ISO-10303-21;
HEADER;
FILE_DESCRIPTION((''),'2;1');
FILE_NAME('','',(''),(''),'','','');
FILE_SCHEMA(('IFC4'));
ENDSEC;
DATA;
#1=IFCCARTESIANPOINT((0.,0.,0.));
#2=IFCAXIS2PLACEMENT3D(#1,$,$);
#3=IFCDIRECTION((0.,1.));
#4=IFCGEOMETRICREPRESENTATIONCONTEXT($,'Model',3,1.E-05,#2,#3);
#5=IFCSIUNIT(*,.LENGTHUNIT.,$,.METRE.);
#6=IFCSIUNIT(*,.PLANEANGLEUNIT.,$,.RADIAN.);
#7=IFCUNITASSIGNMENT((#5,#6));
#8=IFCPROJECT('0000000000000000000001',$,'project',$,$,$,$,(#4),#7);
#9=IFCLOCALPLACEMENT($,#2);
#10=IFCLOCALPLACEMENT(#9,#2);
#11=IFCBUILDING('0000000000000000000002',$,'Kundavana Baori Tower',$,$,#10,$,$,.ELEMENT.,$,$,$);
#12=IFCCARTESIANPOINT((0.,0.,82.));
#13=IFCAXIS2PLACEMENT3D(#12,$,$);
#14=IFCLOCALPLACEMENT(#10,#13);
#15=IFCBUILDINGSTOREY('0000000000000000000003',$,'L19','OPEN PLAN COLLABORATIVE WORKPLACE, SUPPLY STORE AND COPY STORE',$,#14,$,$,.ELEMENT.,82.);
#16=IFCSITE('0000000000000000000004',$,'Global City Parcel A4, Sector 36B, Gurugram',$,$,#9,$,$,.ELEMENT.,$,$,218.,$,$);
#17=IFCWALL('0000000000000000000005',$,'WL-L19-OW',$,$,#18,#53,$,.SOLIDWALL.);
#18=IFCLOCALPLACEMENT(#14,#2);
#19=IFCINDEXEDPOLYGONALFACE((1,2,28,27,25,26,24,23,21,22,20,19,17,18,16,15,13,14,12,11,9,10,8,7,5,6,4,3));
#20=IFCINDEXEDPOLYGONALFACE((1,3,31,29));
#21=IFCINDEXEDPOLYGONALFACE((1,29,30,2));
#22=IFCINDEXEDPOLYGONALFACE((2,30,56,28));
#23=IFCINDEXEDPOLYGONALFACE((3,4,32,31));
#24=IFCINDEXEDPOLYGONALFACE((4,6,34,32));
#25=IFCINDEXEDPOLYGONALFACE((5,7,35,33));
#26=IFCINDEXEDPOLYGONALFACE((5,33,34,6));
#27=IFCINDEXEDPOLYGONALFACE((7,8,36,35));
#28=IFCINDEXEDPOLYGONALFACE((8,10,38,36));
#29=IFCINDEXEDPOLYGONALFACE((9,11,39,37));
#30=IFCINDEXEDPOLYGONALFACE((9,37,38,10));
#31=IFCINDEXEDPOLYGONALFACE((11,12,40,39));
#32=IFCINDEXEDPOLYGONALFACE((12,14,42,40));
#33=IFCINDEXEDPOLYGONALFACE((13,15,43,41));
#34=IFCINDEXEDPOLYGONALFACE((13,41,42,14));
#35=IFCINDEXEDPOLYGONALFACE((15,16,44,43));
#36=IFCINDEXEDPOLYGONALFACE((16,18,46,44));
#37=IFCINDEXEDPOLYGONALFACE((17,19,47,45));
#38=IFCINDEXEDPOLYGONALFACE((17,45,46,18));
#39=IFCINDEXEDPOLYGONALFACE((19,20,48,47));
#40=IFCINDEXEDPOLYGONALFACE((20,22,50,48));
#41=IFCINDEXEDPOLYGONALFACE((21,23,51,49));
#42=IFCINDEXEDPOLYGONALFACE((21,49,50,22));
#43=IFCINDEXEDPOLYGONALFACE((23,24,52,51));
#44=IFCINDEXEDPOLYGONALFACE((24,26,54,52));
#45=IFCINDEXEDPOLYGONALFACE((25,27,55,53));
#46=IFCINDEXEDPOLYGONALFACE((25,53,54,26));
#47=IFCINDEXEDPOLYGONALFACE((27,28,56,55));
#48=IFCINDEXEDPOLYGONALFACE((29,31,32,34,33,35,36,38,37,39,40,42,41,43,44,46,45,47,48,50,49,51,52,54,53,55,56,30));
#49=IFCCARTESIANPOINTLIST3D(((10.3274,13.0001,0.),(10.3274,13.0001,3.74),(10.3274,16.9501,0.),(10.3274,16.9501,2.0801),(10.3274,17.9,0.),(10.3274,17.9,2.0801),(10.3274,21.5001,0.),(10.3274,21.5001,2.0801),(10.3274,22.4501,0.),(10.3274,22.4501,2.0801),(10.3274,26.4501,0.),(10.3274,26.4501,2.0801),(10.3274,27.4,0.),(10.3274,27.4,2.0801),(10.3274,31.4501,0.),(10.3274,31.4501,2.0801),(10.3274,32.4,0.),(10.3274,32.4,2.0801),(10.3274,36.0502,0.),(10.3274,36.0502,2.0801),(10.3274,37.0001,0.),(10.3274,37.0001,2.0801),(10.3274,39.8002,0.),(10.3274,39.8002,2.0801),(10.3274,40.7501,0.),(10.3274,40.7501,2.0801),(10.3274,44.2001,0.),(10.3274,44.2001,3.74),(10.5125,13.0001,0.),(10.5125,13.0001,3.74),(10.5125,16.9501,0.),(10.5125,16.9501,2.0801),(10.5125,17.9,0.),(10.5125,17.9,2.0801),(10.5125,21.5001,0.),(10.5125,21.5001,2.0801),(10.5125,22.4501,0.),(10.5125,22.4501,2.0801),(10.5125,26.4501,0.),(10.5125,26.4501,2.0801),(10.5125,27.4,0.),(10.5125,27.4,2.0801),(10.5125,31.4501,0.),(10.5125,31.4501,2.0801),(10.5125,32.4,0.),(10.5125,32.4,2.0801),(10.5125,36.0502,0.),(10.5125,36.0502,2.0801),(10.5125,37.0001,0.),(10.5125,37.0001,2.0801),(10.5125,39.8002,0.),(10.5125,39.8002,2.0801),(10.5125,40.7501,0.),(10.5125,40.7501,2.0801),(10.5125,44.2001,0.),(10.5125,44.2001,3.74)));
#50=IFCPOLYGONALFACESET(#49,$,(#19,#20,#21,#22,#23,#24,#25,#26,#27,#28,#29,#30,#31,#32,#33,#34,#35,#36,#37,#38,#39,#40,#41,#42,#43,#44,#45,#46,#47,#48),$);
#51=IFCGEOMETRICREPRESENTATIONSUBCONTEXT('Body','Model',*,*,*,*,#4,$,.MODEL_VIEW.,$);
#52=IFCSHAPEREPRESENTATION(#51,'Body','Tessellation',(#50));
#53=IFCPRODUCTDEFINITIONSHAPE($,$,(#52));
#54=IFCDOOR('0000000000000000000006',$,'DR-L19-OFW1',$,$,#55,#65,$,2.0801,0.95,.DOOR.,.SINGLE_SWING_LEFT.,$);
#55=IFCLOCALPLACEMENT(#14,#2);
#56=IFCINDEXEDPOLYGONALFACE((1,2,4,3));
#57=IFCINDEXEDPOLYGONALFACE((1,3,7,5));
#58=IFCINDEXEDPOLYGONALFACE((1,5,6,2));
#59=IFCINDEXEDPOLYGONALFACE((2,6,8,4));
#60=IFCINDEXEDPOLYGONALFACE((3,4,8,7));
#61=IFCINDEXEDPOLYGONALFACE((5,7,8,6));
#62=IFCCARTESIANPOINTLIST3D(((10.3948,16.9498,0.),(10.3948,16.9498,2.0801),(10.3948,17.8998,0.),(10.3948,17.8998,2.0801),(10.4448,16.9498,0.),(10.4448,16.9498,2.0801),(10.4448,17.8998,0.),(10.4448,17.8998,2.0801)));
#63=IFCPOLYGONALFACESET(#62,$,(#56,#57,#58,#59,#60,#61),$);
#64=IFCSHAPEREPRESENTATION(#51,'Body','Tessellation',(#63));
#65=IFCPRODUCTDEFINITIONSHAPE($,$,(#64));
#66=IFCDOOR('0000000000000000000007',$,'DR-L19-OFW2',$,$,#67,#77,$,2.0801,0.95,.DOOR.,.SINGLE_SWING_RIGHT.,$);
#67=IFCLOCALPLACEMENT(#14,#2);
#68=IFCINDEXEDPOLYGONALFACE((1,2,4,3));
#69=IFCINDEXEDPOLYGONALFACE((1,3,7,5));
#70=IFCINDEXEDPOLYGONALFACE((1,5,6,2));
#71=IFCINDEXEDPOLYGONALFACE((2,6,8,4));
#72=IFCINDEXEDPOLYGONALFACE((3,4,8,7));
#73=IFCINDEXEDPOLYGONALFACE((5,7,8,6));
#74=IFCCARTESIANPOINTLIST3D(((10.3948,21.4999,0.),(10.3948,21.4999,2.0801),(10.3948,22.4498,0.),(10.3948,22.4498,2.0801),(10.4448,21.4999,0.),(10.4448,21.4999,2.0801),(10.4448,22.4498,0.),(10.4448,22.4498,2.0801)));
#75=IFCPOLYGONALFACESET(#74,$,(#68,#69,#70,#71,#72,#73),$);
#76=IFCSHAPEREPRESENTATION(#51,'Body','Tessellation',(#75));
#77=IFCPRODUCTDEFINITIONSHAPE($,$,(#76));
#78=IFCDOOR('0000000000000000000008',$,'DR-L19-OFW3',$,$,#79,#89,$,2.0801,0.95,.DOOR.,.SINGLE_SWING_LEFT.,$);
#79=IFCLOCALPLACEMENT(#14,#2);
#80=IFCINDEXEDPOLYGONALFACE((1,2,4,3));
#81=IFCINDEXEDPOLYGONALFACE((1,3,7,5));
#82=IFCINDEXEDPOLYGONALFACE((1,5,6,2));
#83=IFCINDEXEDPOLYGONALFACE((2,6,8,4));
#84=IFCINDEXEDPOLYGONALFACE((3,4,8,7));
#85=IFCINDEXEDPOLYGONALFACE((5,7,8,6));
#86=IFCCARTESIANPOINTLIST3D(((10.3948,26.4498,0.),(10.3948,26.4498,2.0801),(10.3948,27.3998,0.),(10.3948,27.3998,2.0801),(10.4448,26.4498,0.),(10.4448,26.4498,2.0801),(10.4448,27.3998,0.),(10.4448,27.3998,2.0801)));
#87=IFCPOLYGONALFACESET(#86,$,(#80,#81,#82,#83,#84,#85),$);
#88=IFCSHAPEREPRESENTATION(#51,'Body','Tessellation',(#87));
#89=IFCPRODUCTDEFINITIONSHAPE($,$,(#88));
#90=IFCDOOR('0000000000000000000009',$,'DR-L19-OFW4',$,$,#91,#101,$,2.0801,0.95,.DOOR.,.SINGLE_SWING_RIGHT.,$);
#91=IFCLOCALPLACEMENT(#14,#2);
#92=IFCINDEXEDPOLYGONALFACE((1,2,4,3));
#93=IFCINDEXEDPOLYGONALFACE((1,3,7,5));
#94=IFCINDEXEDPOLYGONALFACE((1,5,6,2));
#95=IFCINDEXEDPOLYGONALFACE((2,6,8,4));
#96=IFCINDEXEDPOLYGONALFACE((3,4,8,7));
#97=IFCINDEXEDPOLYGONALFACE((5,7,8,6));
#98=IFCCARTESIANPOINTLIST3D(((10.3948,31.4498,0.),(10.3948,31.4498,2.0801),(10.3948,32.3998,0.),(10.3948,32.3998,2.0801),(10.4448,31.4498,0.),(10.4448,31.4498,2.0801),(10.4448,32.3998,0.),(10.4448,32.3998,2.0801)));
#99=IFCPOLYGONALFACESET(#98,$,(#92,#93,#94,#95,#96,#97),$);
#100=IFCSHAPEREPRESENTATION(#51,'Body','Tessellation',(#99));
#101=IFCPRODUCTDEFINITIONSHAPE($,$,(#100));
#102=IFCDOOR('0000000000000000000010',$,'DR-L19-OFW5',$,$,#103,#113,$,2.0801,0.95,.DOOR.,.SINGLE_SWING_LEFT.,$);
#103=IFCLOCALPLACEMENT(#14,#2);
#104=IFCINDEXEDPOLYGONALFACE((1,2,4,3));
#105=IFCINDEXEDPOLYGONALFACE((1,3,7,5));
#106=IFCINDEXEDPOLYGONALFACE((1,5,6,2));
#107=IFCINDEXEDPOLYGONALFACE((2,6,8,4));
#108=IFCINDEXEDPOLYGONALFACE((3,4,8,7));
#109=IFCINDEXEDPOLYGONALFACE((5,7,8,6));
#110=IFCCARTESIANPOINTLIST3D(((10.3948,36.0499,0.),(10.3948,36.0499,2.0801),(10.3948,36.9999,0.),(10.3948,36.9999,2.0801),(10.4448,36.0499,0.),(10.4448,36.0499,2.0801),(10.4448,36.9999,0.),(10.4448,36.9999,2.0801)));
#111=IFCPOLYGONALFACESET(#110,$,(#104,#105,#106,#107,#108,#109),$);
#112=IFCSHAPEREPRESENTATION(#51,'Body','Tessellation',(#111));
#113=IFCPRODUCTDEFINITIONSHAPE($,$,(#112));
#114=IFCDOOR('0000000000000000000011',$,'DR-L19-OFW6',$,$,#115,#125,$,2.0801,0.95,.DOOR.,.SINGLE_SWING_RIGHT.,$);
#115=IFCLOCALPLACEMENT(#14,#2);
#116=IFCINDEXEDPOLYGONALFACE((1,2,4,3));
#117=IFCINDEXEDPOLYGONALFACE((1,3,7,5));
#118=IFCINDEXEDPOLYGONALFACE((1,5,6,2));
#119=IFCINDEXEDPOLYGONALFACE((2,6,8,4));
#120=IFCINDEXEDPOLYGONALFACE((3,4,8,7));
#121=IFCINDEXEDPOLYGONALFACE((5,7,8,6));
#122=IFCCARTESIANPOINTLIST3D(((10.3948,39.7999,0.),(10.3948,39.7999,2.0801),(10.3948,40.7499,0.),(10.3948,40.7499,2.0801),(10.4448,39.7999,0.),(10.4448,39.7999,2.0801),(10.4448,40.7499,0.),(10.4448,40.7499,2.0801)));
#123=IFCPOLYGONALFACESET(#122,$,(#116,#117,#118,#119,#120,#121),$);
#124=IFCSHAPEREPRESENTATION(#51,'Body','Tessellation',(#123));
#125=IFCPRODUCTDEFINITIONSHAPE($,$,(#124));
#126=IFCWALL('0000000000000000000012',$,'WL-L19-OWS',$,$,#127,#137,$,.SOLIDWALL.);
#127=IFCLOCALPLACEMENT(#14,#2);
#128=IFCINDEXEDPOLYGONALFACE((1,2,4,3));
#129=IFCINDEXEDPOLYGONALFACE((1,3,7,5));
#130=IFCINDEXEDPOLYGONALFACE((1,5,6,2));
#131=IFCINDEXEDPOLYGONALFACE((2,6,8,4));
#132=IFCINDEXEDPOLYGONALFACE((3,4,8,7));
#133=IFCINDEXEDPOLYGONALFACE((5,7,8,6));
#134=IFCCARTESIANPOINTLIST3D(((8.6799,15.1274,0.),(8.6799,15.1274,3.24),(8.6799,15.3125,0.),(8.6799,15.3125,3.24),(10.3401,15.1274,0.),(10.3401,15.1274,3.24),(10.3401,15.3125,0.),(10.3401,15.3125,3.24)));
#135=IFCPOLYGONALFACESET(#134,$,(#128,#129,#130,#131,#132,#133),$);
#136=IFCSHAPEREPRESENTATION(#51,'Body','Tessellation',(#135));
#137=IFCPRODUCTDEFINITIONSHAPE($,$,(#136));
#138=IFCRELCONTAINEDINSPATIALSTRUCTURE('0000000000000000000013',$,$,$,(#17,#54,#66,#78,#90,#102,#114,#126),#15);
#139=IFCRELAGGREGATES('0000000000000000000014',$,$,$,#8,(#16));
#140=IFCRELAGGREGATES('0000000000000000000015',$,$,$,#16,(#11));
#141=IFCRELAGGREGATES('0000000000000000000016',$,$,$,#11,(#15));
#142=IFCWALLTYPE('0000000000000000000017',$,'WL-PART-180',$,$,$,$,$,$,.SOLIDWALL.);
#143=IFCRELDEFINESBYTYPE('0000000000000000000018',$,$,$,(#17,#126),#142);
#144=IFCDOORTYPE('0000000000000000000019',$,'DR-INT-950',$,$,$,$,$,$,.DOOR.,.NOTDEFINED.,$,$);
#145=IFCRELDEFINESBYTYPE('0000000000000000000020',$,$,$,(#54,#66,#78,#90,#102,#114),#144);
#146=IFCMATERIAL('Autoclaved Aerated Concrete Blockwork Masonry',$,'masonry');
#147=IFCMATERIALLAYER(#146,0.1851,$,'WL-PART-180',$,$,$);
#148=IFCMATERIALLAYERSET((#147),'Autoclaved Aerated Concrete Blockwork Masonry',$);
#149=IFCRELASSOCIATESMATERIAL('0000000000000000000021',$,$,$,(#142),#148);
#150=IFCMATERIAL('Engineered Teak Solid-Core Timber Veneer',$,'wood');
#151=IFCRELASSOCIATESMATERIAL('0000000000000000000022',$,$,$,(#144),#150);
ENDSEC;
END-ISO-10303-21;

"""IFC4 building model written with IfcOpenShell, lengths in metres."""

from ifc_helpers import new_model, si_unit, direction, frame, frame_2d, origin, place, context, subcontext, project, spatial, rectangle, extrude, material, layer, layer_set, type_object, element, fill, save


model = new_model("IFC4")

# Units and contexts
model_context = context("Model", 3, precision=1e-05, world=origin(), true_north=direction((0.0, 1.0)))
body_context = subcontext(model_context, "Body", "Model", "MODEL_VIEW")
ifc_project = project(units=[si_unit("LENGTHUNIT", "METRE"), si_unit("PLANEANGLEUNIT", "RADIAN")], contexts=[model_context])

# Site, building, storey
site_placement = place(None, origin())
site = spatial("IfcSite", under=ifc_project, at=site_placement, Name="Global City Parcel A4, Sector 36B, Gurugram", CompositionType="ELEMENT", RefElevation=218.0)
building_placement = place(site_placement, origin())
building = spatial("IfcBuilding", under=site, at=building_placement, Name="Kundavana Baori Tower", CompositionType="ELEMENT")
storey_placement = place(building_placement, frame((0.0, 0.0, 82.0)))
storey = spatial("IfcBuildingStorey", under=building, at=storey_placement, Name="L19", Description="OPEN PLAN COLLABORATIVE WORKPLACE, SUPPLY STORE AND COPY STORE", CompositionType="ELEMENT", Elevation=82.0)

# Wall, openings, doors
ifc_material_1 = material(Name="Autoclaved Aerated Concrete Blockwork Masonry", Category="masonry")
ifc_layer_1 = layer(ifc_material_1, 0.1851, Name="WL-PART-180")
ifc_layer_set_1 = layer_set([ifc_layer_1], Name="Autoclaved Aerated Concrete Blockwork Masonry")
wall_type_1 = type_object("IfcWallType", Name="WL-PART-180", PredefinedType="SOLIDWALL", material=ifc_layer_set_1)
wall_1_placement = place(storey_placement, frame((10.4199, 13.0, 0.0), z_axis=(0.0, 0.0, 1.0), x_axis=(0.0, 1.0, 0.0)))
wall_1 = element("IfcWall", 1, at=wall_1_placement, inside=storey, type_object=wall_type_1, Name="WL-L19-OW", PredefinedType="SOLIDWALL", context=body_context, shape_type="SweptSolid", body=[
    extrude(rectangle(XDim=31.2, YDim=0.1851, at=frame_2d((15.6001, 0.0))), origin(), (0.0, 0.0, 1.0), 3.74),
])
opening_1_placement = place(wall_1_placement, frame((3.95, 0.0, 0.0)))
opening_1 = element("IfcOpeningElement", 2, at=opening_1_placement, cuts=wall_1, PredefinedType="OPENING", context=body_context, shape_type="SweptSolid", body=[
    extrude(rectangle(XDim=0.95, YDim=2.0801, at=frame_2d((0.4751, 1.04))), frame((0.0, 0.1025, 0.0), z_axis=(0.0, -1.0, 0.0), x_axis=(1.0, 0.0, 0.0)), (0.0, 0.0, 1.0), 0.2051),
])
opening_2_placement = place(wall_1_placement, frame((8.5, 0.0, 0.0)))
opening_2 = element("IfcOpeningElement", 3, at=opening_2_placement, cuts=wall_1, PredefinedType="OPENING", context=body_context, shape_type="SweptSolid", body=[
    extrude(rectangle(XDim=0.95, YDim=2.0801, at=frame_2d((0.4751, 1.04))), frame((0.0, 0.1025, 0.0), z_axis=(0.0, -1.0, 0.0), x_axis=(1.0, 0.0, 0.0)), (0.0, 0.0, 1.0), 0.2051),
])
opening_3_placement = place(wall_1_placement, frame((13.45, 0.0, 0.0)))
opening_3 = element("IfcOpeningElement", 4, at=opening_3_placement, cuts=wall_1, PredefinedType="OPENING", context=body_context, shape_type="SweptSolid", body=[
    extrude(rectangle(XDim=0.95, YDim=2.0801, at=frame_2d((0.4751, 1.04))), frame((0.0, 0.1025, 0.0), z_axis=(0.0, -1.0, 0.0), x_axis=(1.0, 0.0, 0.0)), (0.0, 0.0, 1.0), 0.2051),
])
opening_4_placement = place(wall_1_placement, frame((18.45, 0.0, 0.0)))
opening_4 = element("IfcOpeningElement", 5, at=opening_4_placement, cuts=wall_1, PredefinedType="OPENING", context=body_context, shape_type="SweptSolid", body=[
    extrude(rectangle(XDim=0.95, YDim=2.0801, at=frame_2d((0.4751, 1.04))), frame((0.0, 0.1025, 0.0), z_axis=(0.0, -1.0, 0.0), x_axis=(1.0, 0.0, 0.0)), (0.0, 0.0, 1.0), 0.2051),
])
opening_5_placement = place(wall_1_placement, frame((23.05, 0.0, 0.0)))
opening_5 = element("IfcOpeningElement", 6, at=opening_5_placement, cuts=wall_1, PredefinedType="OPENING", context=body_context, shape_type="SweptSolid", body=[
    extrude(rectangle(XDim=0.95, YDim=2.0801, at=frame_2d((0.4751, 1.04))), frame((0.0, 0.1025, 0.0), z_axis=(0.0, -1.0, 0.0), x_axis=(1.0, 0.0, 0.0)), (0.0, 0.0, 1.0), 0.2051),
])
opening_6_placement = place(wall_1_placement, frame((26.8, 0.0, 0.0)))
opening_6 = element("IfcOpeningElement", 7, at=opening_6_placement, cuts=wall_1, PredefinedType="OPENING", context=body_context, shape_type="SweptSolid", body=[
    extrude(rectangle(XDim=0.95, YDim=2.0801, at=frame_2d((0.4751, 1.04))), frame((0.0, 0.1025, 0.0), z_axis=(0.0, -1.0, 0.0), x_axis=(1.0, 0.0, 0.0)), (0.0, 0.0, 1.0), 0.2051),
])
ifc_material_2 = material(Name="Engineered Teak Solid-Core Timber Veneer", Category="wood")
door_type_1 = type_object("IfcDoorType", Name="DR-INT-950", OperationType="NOTDEFINED", PredefinedType="DOOR", material=ifc_material_2)
door_1_placement = place(opening_1_placement, frame((0.95, 0.0, 0.0), z_axis=(0.0, 0.0, 1.0), x_axis=(-1.0, 0.0, 0.0)))
door_1 = element("IfcDoor", 8, at=door_1_placement, inside=storey, type_object=door_type_1, Name="DR-L19-OFW1", OperationType="SINGLE_SWING_LEFT", OverallHeight=2.0801, OverallWidth=0.95, PredefinedType="DOOR", context=body_context, shape_type="SweptSolid", body=[
    extrude(rectangle(XDim=0.95, YDim=2.0801, at=frame_2d((0.4751, 1.04))), frame((0.0, 0.0249, 0.0), z_axis=(0.0, -1.0, 0.0), x_axis=(1.0, 0.0, 0.0)), (0.0, 0.0, 1.0), 0.05),
])
fill(opening_1, door_1)
door_2_placement = place(opening_2_placement, frame((0.95, 0.0, 0.0), z_axis=(0.0, 0.0, 1.0), x_axis=(-1.0, 0.0, 0.0)))
door_2 = element("IfcDoor", 9, at=door_2_placement, inside=storey, type_object=door_type_1, Name="DR-L19-OFW2", OperationType="SINGLE_SWING_RIGHT", OverallHeight=2.0801, OverallWidth=0.95, PredefinedType="DOOR", context=body_context, shape_type="SweptSolid", body=[
    extrude(rectangle(XDim=0.95, YDim=2.0801, at=frame_2d((0.4751, 1.04))), frame((0.0, 0.0249, 0.0), z_axis=(0.0, -1.0, 0.0), x_axis=(1.0, 0.0, 0.0)), (0.0, 0.0, 1.0), 0.05),
])
fill(opening_2, door_2)
door_3_placement = place(opening_3_placement, frame((0.95, 0.0, 0.0), z_axis=(0.0, 0.0, 1.0), x_axis=(-1.0, 0.0, 0.0)))
door_3 = element("IfcDoor", 10, at=door_3_placement, inside=storey, type_object=door_type_1, Name="DR-L19-OFW3", OperationType="SINGLE_SWING_LEFT", OverallHeight=2.0801, OverallWidth=0.95, PredefinedType="DOOR", context=body_context, shape_type="SweptSolid", body=[
    extrude(rectangle(XDim=0.95, YDim=2.0801, at=frame_2d((0.4751, 1.04))), frame((0.0, 0.0249, 0.0), z_axis=(0.0, -1.0, 0.0), x_axis=(1.0, 0.0, 0.0)), (0.0, 0.0, 1.0), 0.05),
])
fill(opening_3, door_3)
door_4_placement = place(opening_4_placement, frame((0.95, 0.0, 0.0), z_axis=(0.0, 0.0, 1.0), x_axis=(-1.0, 0.0, 0.0)))
door_4 = element("IfcDoor", 11, at=door_4_placement, inside=storey, type_object=door_type_1, Name="DR-L19-OFW4", OperationType="SINGLE_SWING_RIGHT", OverallHeight=2.0801, OverallWidth=0.95, PredefinedType="DOOR", context=body_context, shape_type="SweptSolid", body=[
    extrude(rectangle(XDim=0.95, YDim=2.0801, at=frame_2d((0.4751, 1.04))), frame((0.0, 0.0249, 0.0), z_axis=(0.0, -1.0, 0.0), x_axis=(1.0, 0.0, 0.0)), (0.0, 0.0, 1.0), 0.05),
])
fill(opening_4, door_4)
door_5_placement = place(opening_5_placement, frame((0.95, 0.0, 0.0), z_axis=(0.0, 0.0, 1.0), x_axis=(-1.0, 0.0, 0.0)))
door_5 = element("IfcDoor", 12, at=door_5_placement, inside=storey, type_object=door_type_1, Name="DR-L19-OFW5", OperationType="SINGLE_SWING_LEFT", OverallHeight=2.0801, OverallWidth=0.95, PredefinedType="DOOR", context=body_context, shape_type="SweptSolid", body=[
    extrude(rectangle(XDim=0.95, YDim=2.0801, at=frame_2d((0.4751, 1.04))), frame((0.0, 0.0249, 0.0), z_axis=(0.0, -1.0, 0.0), x_axis=(1.0, 0.0, 0.0)), (0.0, 0.0, 1.0), 0.05),
])
fill(opening_5, door_5)
door_6_placement = place(opening_6_placement, frame((0.95, 0.0, 0.0), z_axis=(0.0, 0.0, 1.0), x_axis=(-1.0, 0.0, 0.0)))
door_6 = element("IfcDoor", 13, at=door_6_placement, inside=storey, type_object=door_type_1, Name="DR-L19-OFW6", OperationType="SINGLE_SWING_RIGHT", OverallHeight=2.0801, OverallWidth=0.95, PredefinedType="DOOR", context=body_context, shape_type="SweptSolid", body=[
    extrude(rectangle(XDim=0.95, YDim=2.0801, at=frame_2d((0.4751, 1.04))), frame((0.0, 0.0249, 0.0), z_axis=(0.0, -1.0, 0.0), x_axis=(1.0, 0.0, 0.0)), (0.0, 0.0, 1.0), 0.05),
])
fill(opening_6, door_6)

# Wall
wall_2_placement = place(storey_placement, frame((8.6799, 15.22, 0.0), z_axis=(0.0, 0.0, 1.0), x_axis=(1.0, 0.0, 0.0)))
element("IfcWall", 14, at=wall_2_placement, inside=storey, type_object=wall_type_1, Name="WL-L19-OWS", PredefinedType="SOLIDWALL", context=body_context, shape_type="SweptSolid", body=[
    extrude(rectangle(XDim=1.6602, YDim=0.1851, at=frame_2d((0.8301, 0.0))), origin(), (0.0, 0.0, 1.0), 3.24),
])

save(model, "model.ifc")
